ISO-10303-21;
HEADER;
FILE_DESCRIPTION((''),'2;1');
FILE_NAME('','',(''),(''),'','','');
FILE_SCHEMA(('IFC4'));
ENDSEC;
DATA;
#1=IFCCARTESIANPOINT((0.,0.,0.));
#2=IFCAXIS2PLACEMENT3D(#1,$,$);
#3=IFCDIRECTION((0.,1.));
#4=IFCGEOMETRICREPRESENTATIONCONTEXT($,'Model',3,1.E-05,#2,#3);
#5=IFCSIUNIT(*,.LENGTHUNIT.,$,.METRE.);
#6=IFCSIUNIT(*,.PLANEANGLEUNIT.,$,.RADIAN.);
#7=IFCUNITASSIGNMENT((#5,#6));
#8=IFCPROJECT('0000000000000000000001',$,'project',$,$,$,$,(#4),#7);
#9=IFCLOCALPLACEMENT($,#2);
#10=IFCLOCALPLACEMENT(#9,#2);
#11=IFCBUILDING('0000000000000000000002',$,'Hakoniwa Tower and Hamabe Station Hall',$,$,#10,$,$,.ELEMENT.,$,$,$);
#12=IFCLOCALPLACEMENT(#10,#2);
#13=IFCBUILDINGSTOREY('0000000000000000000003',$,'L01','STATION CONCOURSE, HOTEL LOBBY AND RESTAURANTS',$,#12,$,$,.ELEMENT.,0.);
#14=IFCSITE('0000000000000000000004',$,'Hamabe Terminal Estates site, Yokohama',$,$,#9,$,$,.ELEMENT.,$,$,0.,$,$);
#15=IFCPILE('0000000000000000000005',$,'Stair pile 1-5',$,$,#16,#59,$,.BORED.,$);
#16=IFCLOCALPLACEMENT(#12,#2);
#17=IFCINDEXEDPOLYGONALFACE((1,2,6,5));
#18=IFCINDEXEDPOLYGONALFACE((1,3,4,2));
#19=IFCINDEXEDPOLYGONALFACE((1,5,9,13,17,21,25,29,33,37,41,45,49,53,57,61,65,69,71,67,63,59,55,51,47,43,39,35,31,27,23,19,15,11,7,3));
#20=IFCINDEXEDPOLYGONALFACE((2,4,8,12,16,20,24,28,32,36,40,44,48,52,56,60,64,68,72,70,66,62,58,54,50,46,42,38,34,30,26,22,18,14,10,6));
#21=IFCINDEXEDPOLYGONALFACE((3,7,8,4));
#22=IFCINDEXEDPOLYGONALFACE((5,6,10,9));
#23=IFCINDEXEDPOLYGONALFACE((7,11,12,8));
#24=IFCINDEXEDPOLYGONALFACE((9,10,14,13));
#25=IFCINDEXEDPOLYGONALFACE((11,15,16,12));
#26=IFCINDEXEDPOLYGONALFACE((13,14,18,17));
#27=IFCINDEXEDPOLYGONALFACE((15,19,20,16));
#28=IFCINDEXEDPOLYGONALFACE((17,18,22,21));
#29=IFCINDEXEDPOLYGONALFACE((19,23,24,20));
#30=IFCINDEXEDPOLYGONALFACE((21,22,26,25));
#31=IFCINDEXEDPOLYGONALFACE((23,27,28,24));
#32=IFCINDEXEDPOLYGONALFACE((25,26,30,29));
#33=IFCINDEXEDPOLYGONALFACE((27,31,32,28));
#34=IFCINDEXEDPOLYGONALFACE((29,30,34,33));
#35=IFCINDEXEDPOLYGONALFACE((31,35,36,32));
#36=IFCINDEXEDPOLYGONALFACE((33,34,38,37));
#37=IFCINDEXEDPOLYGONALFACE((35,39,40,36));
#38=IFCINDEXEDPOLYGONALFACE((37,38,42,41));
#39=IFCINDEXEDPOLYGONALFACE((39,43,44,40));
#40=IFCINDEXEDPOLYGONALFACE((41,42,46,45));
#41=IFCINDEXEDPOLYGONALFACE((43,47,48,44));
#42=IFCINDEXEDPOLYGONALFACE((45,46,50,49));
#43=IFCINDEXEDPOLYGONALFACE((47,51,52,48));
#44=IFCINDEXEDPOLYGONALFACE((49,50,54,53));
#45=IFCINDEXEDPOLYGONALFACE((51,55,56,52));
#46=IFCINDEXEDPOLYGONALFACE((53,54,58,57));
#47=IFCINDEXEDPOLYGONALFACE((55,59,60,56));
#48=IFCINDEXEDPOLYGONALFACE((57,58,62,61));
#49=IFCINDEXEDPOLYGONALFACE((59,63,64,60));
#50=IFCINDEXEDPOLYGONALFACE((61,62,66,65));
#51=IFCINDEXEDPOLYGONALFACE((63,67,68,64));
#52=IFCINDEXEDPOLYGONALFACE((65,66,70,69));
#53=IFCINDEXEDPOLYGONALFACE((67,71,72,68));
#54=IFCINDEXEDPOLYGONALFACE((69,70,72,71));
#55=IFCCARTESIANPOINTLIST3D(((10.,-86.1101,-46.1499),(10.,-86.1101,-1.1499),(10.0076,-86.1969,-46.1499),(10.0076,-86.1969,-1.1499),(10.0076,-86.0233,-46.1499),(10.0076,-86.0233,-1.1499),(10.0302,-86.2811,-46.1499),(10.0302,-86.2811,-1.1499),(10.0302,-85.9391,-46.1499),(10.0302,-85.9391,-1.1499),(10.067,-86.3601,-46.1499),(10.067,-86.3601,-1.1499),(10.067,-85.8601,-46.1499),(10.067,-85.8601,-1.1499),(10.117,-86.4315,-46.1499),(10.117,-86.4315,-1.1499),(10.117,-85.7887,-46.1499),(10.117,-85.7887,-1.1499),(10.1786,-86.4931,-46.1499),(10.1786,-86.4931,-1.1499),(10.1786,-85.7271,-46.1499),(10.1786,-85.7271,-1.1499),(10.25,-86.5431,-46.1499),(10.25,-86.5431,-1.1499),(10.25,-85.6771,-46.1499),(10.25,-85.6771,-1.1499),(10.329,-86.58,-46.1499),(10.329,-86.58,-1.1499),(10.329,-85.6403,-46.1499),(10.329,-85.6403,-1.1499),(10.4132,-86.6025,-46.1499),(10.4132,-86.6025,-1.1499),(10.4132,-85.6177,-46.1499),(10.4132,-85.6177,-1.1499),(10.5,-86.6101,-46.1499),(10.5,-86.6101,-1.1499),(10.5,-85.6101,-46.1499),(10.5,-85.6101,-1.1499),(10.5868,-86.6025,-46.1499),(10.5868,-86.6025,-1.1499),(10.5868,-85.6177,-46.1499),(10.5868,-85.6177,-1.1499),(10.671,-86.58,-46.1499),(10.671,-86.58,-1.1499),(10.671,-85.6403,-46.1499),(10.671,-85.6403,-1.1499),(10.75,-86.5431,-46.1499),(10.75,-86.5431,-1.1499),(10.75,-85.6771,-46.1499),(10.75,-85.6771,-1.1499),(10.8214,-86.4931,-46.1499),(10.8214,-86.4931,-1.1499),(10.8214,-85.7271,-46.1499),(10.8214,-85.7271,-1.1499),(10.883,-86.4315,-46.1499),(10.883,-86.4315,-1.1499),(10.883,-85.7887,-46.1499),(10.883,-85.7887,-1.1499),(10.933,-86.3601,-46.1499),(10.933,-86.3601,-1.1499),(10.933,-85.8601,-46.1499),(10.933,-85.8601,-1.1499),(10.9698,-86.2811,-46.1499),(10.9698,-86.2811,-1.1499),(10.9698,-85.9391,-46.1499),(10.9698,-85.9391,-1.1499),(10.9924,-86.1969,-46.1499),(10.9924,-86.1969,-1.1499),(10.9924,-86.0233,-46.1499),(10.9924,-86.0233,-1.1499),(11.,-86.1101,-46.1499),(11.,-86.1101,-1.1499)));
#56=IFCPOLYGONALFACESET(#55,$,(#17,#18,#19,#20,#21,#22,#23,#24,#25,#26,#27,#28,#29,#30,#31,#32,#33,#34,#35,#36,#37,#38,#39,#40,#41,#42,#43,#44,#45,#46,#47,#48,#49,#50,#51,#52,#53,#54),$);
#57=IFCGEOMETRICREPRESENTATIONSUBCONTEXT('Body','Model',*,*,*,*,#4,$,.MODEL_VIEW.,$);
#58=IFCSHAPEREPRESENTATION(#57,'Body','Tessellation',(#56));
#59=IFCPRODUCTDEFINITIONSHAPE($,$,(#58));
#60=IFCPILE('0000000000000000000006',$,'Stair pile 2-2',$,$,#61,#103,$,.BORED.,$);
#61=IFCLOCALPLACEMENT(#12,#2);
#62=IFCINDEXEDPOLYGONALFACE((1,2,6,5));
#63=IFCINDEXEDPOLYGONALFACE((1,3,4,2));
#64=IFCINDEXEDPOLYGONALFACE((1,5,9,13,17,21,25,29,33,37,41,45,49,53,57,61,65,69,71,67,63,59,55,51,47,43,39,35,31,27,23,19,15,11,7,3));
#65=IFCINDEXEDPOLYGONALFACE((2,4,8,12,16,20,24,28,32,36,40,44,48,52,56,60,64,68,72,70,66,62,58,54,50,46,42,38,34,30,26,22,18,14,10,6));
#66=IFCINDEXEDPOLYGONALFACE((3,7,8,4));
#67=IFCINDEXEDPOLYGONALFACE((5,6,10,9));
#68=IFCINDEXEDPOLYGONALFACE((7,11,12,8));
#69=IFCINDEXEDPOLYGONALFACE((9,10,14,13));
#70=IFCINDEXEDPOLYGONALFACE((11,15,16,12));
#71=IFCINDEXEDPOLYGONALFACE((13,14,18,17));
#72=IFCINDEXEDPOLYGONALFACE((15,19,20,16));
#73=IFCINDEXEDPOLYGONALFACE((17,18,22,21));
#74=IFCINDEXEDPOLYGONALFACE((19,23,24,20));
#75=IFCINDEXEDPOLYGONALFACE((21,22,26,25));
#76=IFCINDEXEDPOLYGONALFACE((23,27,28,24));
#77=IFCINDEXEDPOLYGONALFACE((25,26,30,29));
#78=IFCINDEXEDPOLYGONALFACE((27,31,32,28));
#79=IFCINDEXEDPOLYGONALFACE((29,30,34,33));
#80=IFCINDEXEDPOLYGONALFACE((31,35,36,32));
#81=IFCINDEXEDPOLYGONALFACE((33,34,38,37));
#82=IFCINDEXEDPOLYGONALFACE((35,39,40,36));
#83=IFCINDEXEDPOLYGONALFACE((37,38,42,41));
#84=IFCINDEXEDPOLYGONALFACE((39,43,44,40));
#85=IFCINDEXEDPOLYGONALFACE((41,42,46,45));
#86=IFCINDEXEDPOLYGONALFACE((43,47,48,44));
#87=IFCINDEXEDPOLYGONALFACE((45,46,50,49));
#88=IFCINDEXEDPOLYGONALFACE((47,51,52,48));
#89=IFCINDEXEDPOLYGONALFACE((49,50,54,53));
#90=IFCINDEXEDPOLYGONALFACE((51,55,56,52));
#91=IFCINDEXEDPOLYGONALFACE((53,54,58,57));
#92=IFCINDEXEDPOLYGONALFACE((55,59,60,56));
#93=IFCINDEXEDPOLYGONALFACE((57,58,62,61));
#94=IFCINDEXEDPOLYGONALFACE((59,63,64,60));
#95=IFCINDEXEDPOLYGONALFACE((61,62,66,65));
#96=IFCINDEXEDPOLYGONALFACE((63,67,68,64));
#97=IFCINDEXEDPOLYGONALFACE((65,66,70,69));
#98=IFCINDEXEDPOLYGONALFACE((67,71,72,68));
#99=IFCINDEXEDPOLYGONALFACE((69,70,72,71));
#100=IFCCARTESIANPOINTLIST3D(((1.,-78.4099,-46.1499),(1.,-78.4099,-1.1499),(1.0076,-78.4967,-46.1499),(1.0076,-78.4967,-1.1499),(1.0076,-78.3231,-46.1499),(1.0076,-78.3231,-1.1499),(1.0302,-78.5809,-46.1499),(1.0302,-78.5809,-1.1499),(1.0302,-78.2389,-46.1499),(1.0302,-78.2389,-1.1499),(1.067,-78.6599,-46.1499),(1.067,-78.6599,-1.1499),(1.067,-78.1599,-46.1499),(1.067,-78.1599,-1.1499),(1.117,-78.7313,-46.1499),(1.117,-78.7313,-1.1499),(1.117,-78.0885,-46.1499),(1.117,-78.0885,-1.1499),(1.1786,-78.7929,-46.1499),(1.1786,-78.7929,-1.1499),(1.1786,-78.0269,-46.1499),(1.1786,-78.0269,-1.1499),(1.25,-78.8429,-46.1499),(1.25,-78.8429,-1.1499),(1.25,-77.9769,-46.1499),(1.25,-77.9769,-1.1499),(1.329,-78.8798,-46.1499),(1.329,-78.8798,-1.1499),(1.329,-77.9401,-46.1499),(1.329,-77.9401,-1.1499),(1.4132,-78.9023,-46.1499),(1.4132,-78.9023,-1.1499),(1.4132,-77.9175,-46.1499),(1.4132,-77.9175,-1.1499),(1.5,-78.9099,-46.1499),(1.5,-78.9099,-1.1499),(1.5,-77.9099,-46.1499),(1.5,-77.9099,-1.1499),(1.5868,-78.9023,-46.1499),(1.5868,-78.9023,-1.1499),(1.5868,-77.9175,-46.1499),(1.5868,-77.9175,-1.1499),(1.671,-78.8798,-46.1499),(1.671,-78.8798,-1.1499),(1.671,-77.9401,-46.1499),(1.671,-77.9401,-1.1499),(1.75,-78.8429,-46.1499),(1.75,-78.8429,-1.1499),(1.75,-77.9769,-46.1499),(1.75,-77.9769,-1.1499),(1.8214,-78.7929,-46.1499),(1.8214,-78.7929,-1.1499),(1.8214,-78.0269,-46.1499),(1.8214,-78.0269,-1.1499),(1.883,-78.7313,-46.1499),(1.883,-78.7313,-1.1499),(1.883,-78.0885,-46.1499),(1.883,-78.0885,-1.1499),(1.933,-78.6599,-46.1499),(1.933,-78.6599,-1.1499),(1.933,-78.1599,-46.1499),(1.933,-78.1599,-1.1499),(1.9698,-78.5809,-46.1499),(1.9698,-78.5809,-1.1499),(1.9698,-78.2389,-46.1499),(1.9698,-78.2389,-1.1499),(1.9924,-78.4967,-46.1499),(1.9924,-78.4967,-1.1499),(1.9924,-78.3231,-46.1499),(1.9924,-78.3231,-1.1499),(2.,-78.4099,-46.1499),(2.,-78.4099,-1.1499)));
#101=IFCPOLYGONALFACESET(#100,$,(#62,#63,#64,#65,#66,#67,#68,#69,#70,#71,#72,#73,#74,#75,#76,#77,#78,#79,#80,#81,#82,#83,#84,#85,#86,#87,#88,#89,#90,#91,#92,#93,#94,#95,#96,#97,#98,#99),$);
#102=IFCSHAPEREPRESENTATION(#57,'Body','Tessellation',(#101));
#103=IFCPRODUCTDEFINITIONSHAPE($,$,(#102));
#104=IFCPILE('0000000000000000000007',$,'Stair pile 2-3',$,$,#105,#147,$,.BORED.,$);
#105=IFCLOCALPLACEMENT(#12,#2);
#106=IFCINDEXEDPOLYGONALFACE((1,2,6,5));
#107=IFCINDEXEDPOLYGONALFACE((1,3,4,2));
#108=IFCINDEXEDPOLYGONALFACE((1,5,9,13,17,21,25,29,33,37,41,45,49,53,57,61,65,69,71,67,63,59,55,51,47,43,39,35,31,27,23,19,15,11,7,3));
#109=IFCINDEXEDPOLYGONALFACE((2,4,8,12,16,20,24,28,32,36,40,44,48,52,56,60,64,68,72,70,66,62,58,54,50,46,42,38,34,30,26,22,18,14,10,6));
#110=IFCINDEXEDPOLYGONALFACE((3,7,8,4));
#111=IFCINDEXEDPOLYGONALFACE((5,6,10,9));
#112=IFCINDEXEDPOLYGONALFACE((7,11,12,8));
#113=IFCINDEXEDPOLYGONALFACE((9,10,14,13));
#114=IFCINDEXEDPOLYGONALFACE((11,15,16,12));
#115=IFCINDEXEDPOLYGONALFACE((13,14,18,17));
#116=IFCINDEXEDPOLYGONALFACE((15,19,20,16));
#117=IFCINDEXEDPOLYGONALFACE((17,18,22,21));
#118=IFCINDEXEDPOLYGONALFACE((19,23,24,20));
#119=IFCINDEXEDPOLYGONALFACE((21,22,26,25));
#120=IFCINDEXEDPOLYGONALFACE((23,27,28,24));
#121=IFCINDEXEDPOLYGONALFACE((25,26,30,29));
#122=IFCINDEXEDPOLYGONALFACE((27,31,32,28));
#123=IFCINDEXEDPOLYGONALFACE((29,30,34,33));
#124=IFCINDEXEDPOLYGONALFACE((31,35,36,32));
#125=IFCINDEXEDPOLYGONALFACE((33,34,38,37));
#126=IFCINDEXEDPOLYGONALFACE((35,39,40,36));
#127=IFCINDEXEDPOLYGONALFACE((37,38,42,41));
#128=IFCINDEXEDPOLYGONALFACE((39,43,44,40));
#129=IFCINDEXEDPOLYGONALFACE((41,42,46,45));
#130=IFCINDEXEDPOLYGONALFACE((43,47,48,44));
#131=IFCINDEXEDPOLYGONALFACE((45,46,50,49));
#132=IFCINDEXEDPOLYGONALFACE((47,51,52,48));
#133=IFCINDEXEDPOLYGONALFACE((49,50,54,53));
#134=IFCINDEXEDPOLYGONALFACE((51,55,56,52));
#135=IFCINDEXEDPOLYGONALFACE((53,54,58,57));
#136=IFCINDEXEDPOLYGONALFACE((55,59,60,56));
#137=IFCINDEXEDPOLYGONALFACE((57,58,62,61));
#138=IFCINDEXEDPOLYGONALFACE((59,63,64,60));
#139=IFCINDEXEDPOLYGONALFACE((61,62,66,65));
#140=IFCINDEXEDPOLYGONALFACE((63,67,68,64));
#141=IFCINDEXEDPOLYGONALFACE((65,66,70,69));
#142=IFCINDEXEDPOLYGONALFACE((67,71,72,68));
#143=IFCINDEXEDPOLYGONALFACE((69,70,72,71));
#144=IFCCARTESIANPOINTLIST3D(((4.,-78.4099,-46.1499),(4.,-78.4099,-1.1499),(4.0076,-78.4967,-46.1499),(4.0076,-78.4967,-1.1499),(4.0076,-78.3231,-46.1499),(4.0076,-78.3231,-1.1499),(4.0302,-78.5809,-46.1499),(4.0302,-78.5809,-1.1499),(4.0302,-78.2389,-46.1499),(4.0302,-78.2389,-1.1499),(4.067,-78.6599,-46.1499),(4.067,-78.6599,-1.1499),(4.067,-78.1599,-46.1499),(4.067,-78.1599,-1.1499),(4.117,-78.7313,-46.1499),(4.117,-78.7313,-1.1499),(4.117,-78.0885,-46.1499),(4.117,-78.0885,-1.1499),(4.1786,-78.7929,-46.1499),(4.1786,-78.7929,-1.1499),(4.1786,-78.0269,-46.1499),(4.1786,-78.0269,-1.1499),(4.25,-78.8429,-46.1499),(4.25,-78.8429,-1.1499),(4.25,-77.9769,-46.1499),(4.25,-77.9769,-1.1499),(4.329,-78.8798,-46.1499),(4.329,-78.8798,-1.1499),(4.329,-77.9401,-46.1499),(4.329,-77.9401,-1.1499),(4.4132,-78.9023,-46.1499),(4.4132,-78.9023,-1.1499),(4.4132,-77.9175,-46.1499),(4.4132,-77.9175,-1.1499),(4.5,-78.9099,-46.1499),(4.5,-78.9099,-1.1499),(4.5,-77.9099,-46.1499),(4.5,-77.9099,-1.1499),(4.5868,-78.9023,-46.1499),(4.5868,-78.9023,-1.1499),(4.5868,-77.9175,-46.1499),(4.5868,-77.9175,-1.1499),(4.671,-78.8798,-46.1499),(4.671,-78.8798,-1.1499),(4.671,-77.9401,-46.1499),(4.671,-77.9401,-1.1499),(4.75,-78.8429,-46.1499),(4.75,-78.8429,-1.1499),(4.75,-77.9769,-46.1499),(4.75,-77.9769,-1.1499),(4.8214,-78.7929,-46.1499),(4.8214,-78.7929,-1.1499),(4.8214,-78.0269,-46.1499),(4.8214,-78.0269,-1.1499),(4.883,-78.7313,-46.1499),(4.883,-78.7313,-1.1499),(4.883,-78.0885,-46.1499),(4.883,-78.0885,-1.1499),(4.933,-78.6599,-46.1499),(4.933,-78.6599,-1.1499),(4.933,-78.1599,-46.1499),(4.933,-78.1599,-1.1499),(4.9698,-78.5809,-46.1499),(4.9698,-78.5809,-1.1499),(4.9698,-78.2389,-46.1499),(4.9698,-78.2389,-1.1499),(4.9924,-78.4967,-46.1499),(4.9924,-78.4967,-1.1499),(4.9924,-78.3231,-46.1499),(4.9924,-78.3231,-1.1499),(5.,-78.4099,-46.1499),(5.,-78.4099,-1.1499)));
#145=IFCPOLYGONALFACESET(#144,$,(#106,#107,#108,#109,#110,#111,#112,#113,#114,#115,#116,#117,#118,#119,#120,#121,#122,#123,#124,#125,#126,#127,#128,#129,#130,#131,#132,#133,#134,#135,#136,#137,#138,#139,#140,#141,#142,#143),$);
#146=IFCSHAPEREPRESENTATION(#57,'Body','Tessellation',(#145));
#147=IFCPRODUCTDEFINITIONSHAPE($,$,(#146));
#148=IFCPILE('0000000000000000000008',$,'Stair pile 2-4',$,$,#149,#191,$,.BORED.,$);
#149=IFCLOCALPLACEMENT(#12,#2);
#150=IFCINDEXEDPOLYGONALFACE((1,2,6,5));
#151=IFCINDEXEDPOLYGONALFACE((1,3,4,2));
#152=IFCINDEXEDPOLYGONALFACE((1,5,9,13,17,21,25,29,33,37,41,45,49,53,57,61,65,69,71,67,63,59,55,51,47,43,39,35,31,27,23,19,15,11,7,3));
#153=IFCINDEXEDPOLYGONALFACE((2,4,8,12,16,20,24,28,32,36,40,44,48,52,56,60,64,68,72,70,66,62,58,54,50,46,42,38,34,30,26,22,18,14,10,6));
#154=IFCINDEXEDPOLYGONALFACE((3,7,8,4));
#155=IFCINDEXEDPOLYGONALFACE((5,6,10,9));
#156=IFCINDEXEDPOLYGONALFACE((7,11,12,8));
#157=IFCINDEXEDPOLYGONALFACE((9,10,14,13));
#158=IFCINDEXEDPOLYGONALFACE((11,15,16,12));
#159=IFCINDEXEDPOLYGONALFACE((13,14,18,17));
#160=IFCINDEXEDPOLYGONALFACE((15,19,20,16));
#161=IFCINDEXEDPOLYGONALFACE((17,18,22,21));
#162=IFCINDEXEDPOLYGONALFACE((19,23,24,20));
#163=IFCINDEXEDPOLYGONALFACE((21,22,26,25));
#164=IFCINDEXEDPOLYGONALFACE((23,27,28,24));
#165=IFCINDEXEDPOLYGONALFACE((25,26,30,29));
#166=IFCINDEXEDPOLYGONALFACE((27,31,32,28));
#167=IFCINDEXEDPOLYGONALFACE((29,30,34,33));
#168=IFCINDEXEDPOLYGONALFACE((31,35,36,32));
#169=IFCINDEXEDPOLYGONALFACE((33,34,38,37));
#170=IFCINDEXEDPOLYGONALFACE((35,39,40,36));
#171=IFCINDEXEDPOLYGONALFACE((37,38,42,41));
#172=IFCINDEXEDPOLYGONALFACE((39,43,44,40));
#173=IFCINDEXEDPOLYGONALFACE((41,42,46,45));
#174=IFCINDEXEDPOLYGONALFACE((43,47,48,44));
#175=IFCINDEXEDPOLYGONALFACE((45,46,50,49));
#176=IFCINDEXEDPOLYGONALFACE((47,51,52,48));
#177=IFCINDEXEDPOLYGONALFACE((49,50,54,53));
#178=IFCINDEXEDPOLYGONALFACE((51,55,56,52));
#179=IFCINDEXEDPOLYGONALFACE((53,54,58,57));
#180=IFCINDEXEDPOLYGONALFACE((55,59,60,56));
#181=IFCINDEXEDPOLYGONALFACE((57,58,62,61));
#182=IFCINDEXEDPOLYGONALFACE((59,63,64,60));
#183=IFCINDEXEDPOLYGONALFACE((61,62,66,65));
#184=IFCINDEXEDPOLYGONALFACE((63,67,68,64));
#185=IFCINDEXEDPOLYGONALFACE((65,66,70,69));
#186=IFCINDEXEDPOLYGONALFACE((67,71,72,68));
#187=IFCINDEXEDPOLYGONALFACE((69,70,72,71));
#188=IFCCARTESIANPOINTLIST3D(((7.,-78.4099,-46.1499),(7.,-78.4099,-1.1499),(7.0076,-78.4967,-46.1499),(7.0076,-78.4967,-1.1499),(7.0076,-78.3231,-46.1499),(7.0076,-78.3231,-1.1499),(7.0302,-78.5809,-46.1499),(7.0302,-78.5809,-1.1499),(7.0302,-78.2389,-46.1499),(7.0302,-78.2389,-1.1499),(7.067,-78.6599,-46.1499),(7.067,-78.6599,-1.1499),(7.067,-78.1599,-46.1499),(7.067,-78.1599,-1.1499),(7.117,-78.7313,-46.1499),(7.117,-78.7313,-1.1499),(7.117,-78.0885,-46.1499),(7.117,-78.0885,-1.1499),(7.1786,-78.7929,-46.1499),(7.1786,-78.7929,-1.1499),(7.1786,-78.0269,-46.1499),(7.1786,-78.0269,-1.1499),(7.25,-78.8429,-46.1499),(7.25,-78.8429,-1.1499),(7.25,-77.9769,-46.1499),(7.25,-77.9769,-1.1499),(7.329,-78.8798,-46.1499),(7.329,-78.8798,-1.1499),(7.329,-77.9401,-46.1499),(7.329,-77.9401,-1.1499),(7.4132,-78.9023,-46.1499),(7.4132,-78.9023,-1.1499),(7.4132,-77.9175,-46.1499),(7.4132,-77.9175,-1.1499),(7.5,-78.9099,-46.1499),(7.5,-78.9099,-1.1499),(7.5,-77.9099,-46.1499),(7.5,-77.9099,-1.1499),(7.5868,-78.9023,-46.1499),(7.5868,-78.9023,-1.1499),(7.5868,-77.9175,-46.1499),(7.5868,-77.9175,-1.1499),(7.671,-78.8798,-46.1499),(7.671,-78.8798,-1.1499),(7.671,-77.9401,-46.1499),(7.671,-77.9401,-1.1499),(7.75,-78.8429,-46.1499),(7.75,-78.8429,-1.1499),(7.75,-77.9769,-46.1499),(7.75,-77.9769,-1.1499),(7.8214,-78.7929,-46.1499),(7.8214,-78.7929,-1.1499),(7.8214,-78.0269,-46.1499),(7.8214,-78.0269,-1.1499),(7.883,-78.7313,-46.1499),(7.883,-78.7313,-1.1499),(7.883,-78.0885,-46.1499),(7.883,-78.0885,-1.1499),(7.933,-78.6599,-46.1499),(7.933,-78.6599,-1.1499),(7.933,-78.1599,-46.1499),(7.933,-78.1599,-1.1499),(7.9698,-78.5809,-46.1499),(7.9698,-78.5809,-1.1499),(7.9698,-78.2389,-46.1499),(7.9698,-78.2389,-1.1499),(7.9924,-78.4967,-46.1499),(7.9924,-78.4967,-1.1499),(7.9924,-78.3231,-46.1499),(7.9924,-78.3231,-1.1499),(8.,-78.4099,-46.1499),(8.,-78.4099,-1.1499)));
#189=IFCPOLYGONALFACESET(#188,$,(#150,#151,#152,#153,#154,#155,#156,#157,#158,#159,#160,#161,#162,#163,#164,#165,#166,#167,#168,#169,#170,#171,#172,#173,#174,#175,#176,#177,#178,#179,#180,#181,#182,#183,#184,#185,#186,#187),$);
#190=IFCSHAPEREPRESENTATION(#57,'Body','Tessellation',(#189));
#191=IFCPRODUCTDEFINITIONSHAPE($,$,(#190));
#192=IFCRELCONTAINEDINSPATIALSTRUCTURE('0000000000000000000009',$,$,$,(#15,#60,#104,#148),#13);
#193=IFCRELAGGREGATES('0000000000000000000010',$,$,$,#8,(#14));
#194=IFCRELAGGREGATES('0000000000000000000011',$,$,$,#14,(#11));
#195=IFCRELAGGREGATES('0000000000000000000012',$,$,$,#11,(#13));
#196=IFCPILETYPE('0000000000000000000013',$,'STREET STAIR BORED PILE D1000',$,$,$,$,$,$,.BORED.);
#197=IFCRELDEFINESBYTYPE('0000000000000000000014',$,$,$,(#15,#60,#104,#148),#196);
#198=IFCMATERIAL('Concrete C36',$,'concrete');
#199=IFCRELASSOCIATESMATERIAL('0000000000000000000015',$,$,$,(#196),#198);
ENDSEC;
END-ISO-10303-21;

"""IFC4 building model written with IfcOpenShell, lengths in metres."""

from ifc_helpers import new_model, si_unit, direction, frame, origin, origin_2d, place, context, subcontext, project, spatial, circle, extrude, material, material_profile, profile_set, type_object, element, save


model = new_model("IFC4")

# Units and contexts
model_context = context("Model", 3, precision=1e-05, world=origin(), true_north=direction((0.0, 1.0)))
body_context = subcontext(model_context, "Body", "Model", "MODEL_VIEW")
ifc_project = project(units=[si_unit("LENGTHUNIT", "METRE"), si_unit("PLANEANGLEUNIT", "RADIAN")], contexts=[model_context])

# Site, building, storey
site_placement = place(None, origin())
site = spatial("IfcSite", under=ifc_project, at=site_placement, Name="Hamabe Terminal Estates site, Yokohama", CompositionType="ELEMENT", RefElevation=0.0)
building_placement = place(site_placement, origin())
building = spatial("IfcBuilding", under=site, at=building_placement, Name="Hakoniwa Tower and Hamabe Station Hall", CompositionType="ELEMENT")
storey_placement = place(building_placement, origin())
storey = spatial("IfcBuildingStorey", under=building, at=storey_placement, Name="L01", Description="STATION CONCOURSE, HOTEL LOBBY AND RESTAURANTS", CompositionType="ELEMENT", Elevation=0.0)

# Piles
ifc_material_1 = material(Name="Concrete C36", Category="concrete")
ifc_material_profile_1 = material_profile(ifc_material_1, circle(Radius=0.5, at=origin_2d()), Name="STREET STAIR BORED PILE D1000")
ifc_profile_set_1 = profile_set([ifc_material_profile_1], Name="Concrete C36")
pile_type_1 = type_object("IfcPileType", Name="STREET STAIR BORED PILE D1000", PredefinedType="BORED", material=ifc_profile_set_1)
for number, where, z_axis, x_axis, name in (
    (1, (10.5, -86.1101, -1.1499), (0.0, 0.0, -1.0), (1.0, 0.0, 0.0), "Stair pile 1-5"),
    (2, (1.5, -78.4099, -1.1499), (0.0, 0.0, -1.0), (1.0, 0.0, 0.0), "Stair pile 2-2"),
    (3, (4.5, -78.4099, -1.1499), (0.0, 0.0, -1.0), (1.0, 0.0, 0.0), "Stair pile 2-3"),
    (4, (7.5, -78.4099, -1.1499), (0.0, 0.0, -1.0), (1.0, 0.0, 0.0), "Stair pile 2-4"),
):
    element("IfcPile", number, at=place(storey_placement, frame(where, z_axis=z_axis, x_axis=x_axis)), inside=storey, type_object=pile_type_1, Name=name, PredefinedType="BORED", context=body_context, shape_type="SweptSolid", body=[
        extrude(circle(Radius=0.5, at=origin_2d()), origin(), (0.0, 0.0, 1.0), 45.0),
    ])

save(model, "model.ifc")
